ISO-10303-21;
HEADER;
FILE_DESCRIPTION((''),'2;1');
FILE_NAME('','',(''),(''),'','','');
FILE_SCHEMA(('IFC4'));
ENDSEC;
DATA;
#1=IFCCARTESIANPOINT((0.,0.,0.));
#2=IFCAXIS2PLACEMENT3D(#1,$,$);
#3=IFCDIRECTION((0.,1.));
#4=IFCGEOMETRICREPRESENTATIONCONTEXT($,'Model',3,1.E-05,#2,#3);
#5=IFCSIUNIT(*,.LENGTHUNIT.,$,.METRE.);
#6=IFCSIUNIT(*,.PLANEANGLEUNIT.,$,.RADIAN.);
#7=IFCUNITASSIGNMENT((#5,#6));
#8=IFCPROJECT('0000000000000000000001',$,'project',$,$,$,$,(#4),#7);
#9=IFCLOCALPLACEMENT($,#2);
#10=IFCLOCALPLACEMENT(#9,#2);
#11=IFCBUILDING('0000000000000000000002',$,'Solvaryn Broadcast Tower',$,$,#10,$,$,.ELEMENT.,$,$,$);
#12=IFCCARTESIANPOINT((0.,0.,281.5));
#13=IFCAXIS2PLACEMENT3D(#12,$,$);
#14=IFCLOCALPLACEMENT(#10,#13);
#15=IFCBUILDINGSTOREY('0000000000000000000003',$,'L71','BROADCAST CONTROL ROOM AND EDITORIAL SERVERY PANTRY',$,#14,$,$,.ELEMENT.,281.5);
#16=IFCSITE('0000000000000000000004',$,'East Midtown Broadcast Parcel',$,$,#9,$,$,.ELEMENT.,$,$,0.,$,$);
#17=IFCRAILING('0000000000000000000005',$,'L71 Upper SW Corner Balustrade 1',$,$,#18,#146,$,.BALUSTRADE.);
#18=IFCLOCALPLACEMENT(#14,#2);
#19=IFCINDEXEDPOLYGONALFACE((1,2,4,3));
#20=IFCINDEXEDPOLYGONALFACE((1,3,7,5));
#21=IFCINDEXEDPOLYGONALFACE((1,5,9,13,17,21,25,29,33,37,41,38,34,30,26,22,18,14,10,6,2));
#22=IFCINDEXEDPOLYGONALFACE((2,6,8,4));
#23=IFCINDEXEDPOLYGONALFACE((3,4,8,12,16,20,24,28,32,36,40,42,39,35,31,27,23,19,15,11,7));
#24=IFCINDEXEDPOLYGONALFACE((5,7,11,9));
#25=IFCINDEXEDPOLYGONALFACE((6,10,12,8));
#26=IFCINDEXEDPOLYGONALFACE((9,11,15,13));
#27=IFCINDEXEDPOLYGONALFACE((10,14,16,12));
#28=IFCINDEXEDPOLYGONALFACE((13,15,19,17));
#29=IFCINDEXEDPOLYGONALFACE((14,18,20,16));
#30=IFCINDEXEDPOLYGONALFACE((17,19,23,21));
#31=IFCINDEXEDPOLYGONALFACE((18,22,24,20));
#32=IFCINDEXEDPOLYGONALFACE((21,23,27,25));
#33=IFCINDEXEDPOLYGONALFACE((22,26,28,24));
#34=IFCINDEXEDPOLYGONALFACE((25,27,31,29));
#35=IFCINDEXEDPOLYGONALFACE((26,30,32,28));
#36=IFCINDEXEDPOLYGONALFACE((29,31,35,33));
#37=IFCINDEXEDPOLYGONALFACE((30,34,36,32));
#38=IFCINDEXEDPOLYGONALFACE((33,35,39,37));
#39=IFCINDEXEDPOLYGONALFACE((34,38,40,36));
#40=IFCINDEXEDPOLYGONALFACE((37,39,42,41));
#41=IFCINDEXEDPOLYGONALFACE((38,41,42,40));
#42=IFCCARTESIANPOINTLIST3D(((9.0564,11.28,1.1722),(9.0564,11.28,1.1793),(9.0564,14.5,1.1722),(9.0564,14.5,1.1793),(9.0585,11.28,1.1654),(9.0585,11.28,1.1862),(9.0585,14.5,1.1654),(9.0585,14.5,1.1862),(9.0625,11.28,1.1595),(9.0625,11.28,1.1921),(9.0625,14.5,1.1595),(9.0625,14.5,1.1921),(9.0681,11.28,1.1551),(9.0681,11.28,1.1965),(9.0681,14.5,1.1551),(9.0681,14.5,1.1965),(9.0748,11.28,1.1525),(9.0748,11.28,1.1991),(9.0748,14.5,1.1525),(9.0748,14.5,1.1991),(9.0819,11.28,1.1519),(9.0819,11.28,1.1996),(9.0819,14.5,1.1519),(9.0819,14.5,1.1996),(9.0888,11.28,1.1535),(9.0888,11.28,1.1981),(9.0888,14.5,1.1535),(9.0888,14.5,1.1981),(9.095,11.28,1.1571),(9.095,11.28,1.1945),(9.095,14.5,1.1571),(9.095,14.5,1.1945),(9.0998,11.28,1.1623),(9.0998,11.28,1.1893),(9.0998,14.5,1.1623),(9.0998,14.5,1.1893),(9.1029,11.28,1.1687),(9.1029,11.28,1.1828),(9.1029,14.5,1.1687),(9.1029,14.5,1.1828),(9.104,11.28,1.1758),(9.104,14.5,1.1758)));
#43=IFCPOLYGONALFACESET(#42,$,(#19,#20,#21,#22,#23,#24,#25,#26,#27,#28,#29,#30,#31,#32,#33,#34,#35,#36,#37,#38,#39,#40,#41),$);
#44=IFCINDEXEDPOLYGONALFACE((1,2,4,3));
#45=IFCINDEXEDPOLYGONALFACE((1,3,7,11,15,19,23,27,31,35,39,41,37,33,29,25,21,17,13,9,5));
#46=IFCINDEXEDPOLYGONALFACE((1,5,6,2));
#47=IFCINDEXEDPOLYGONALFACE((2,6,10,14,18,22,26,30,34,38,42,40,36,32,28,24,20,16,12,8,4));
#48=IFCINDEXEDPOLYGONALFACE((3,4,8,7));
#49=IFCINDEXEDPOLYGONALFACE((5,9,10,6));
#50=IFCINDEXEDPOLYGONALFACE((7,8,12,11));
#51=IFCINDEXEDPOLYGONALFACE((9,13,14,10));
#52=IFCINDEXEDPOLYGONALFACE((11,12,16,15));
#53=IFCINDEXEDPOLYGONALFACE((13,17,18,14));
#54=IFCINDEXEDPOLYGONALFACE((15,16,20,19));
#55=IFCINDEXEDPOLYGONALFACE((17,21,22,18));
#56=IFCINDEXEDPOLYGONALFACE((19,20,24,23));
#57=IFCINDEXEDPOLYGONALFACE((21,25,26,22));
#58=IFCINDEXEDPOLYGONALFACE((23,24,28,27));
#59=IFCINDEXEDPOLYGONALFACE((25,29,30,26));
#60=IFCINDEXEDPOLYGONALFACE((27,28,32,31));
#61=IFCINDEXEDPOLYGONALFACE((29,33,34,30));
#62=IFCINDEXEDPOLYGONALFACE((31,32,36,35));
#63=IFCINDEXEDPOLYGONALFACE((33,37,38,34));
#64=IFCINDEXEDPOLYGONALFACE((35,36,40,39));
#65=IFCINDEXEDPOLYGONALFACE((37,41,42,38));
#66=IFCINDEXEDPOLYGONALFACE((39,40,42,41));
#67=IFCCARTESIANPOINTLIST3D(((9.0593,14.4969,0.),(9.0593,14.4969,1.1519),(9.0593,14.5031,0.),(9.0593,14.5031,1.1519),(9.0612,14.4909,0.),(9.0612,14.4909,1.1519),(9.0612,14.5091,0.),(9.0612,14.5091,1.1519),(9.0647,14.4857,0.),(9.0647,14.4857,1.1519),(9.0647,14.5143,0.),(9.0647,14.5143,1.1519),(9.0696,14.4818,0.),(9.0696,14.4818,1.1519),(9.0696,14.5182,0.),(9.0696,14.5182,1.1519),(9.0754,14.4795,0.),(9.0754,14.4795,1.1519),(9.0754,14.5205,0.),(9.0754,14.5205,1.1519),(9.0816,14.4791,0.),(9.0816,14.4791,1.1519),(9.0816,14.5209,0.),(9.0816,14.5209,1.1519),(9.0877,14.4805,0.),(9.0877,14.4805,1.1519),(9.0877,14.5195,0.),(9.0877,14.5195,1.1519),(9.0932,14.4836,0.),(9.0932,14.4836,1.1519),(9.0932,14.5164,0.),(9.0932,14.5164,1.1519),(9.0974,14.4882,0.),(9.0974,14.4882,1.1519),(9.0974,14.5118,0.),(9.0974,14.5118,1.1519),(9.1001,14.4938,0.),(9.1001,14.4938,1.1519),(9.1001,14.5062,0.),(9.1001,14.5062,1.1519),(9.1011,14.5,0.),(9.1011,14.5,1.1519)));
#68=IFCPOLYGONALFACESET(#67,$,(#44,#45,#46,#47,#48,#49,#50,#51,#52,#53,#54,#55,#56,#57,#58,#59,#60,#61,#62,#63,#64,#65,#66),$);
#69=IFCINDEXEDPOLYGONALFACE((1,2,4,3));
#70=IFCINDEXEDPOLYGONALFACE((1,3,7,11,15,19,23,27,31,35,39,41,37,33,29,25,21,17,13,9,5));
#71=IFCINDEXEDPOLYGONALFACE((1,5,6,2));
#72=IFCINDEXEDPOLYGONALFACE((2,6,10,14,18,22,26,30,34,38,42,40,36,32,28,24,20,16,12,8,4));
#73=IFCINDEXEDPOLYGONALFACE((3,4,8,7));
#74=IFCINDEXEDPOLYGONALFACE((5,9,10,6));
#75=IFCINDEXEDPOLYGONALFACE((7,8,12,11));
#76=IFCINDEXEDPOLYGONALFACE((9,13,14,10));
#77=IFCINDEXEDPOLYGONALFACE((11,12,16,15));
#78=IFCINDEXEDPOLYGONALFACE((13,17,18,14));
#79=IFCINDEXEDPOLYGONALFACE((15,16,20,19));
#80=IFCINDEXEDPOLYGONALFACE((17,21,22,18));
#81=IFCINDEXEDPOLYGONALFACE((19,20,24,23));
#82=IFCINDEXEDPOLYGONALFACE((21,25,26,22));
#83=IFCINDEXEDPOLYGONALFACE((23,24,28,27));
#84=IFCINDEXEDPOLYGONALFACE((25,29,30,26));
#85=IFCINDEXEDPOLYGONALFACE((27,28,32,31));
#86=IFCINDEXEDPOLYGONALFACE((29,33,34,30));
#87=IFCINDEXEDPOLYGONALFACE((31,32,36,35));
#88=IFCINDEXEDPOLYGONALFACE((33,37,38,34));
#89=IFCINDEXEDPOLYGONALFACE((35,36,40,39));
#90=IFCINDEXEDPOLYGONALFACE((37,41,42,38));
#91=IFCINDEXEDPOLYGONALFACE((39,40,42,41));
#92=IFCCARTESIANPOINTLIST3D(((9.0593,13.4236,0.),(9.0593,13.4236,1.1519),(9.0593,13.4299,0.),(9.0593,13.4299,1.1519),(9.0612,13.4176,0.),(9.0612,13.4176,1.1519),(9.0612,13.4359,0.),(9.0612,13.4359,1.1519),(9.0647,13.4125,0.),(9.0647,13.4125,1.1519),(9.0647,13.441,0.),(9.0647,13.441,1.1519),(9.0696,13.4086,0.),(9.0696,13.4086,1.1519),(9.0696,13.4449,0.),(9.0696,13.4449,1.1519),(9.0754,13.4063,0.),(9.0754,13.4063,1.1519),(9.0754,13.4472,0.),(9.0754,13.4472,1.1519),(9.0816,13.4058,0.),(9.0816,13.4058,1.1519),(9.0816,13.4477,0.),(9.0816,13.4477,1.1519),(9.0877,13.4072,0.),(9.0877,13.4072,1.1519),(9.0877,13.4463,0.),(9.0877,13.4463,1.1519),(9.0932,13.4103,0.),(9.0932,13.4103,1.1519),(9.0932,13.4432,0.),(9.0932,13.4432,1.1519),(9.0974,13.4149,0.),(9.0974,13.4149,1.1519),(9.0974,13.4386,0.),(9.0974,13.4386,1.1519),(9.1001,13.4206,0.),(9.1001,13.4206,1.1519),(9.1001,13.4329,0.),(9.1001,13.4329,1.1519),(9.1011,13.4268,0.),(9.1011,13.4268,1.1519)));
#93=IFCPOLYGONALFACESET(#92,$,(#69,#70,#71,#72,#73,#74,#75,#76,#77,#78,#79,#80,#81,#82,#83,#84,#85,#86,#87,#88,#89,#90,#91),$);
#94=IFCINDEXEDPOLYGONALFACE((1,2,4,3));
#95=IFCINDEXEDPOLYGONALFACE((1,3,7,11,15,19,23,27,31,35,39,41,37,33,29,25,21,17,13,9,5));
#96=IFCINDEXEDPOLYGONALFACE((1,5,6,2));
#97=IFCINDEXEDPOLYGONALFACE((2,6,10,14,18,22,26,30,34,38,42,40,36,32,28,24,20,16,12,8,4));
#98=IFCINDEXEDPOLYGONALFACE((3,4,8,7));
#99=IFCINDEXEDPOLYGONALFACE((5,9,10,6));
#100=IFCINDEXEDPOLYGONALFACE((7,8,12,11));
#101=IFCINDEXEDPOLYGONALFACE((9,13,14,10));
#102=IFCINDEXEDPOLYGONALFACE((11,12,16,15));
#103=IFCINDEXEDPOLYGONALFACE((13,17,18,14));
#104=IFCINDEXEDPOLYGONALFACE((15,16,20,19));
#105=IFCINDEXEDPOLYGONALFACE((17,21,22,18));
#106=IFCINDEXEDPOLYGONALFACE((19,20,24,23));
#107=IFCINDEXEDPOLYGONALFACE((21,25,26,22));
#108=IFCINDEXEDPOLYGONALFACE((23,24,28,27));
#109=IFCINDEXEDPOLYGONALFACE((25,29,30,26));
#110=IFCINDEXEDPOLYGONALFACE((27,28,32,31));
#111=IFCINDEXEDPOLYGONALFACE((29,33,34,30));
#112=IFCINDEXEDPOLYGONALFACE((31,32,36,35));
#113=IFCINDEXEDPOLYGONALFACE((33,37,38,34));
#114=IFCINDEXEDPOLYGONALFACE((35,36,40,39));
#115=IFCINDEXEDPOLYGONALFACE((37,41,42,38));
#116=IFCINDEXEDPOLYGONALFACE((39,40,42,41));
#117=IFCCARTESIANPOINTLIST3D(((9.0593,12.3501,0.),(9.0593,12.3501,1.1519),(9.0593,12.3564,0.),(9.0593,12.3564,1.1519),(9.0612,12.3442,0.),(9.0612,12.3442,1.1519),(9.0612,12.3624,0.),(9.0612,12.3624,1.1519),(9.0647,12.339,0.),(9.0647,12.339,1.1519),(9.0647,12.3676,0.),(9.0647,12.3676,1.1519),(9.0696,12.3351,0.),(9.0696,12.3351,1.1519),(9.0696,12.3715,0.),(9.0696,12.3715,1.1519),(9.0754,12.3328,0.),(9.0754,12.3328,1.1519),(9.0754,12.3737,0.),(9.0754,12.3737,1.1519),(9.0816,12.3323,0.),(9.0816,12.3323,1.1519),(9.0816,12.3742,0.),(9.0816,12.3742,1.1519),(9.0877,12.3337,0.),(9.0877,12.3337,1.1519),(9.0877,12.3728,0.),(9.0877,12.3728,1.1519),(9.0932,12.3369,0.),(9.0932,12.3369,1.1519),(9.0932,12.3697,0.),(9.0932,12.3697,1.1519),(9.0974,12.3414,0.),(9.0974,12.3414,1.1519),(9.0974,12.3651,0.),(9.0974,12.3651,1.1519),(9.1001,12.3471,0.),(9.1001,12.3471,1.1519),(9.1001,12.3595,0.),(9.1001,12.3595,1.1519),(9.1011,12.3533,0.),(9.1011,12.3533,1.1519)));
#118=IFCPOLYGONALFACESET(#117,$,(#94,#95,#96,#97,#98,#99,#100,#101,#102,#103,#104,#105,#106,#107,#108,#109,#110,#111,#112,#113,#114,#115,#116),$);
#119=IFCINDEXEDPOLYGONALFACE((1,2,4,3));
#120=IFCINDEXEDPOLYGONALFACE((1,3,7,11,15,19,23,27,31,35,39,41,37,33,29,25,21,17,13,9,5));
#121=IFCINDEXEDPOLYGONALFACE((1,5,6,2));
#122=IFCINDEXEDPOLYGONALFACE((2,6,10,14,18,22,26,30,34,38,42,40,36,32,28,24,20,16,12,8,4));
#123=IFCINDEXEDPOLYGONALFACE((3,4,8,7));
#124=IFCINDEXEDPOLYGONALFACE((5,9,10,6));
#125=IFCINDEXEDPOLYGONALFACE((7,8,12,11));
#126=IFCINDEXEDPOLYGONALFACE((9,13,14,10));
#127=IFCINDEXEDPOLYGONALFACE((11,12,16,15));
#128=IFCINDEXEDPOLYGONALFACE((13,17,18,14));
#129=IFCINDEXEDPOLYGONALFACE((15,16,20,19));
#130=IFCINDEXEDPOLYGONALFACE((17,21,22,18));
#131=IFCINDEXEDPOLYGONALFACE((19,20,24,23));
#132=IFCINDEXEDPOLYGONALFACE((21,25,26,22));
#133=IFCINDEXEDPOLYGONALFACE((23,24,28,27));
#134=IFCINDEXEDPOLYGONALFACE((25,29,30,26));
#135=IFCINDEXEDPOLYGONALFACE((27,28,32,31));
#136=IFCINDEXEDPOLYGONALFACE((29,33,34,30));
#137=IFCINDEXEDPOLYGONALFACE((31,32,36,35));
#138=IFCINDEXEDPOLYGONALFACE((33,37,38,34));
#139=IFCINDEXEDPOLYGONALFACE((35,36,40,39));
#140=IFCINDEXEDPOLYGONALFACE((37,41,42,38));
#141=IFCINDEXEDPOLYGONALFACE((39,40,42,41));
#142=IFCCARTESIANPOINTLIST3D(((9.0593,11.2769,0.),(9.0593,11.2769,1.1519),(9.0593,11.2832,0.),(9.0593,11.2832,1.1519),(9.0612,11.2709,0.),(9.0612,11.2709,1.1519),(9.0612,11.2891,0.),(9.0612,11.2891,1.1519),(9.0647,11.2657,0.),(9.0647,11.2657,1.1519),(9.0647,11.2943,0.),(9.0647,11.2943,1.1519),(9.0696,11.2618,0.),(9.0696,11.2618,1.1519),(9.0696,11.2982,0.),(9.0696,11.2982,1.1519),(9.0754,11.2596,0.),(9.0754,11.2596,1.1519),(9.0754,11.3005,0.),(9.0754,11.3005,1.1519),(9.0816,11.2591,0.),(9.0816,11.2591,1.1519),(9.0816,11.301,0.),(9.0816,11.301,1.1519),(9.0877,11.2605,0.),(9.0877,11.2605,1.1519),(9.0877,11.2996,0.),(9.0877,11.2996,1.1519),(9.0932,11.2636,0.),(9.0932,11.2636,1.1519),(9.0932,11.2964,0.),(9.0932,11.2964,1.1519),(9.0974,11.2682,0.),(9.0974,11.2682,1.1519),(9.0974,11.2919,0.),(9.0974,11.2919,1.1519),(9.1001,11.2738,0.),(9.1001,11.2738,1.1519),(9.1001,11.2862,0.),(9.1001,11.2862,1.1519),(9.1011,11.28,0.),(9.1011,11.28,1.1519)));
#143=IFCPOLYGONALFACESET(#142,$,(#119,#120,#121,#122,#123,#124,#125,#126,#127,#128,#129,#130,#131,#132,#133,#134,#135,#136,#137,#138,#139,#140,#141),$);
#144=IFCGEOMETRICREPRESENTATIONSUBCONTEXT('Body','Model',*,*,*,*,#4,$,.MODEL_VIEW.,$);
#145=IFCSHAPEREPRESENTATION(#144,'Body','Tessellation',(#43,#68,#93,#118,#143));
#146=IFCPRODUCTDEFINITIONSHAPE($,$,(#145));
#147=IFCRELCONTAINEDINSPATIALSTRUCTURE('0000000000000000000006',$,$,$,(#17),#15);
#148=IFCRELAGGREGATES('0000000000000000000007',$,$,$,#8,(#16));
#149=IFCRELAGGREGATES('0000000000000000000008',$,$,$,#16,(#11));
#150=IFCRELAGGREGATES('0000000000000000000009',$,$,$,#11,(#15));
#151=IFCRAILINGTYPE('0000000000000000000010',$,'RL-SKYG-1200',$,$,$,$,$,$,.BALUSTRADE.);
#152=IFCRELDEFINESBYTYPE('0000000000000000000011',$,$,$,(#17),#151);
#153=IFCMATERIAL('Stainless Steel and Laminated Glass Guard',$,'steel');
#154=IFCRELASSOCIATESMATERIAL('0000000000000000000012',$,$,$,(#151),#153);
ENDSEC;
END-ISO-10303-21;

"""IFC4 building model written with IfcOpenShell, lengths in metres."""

from ifc_helpers import new_model, si_unit, direction, frame, origin, origin_2d, place, context, subcontext, project, spatial, circle, extrude, material, type_object, element, save


model = new_model("IFC4")

# Units and contexts
model_context = context("Model", 3, precision=1e-05, world=origin(), true_north=direction((0.0, 1.0)))
body_context = subcontext(model_context, "Body", "Model", "MODEL_VIEW")
ifc_project = project(units=[si_unit("LENGTHUNIT", "METRE"), si_unit("PLANEANGLEUNIT", "RADIAN")], contexts=[model_context])

# Site, building, storey
site_placement = place(None, origin())
site = spatial("IfcSite", under=ifc_project, at=site_placement, Name="East Midtown Broadcast Parcel", CompositionType="ELEMENT", RefElevation=0.0)
building_placement = place(site_placement, origin())
building = spatial("IfcBuilding", under=site, at=building_placement, Name="Solvaryn Broadcast Tower", CompositionType="ELEMENT")
storey_placement = place(building_placement, frame((0.0, 0.0, 281.5)))
storey = spatial("IfcBuildingStorey", under=building, at=storey_placement, Name="L71", Description="BROADCAST CONTROL ROOM AND EDITORIAL SERVERY PANTRY", CompositionType="ELEMENT", Elevation=281.5)

# Railing
ifc_material_1 = material(Name="Stainless Steel and Laminated Glass Guard", Category="steel")
railing_type = type_object("IfcRailingType", Name="RL-SKYG-1200", PredefinedType="BALUSTRADE", material=ifc_material_1)
railing_1_placement = place(storey_placement, frame((9.0801, 14.5, 0.0)))
element("IfcRailing", 1, at=railing_1_placement, inside=storey, type_object=railing_type, Name="L71 Upper SW Corner Balustrade 1", PredefinedType="BALUSTRADE", context=body_context, shape_type="SweptSolid", body=[
    extrude(circle(Radius=0.0239, at=origin_2d()), frame((0.0, 0.0, 1.1758), z_axis=(0.0, -1.0, 0.0), x_axis=(1.0, 0.0, 0.0)), (0.0, 0.0, 1.0), 3.22),
    extrude(circle(Radius=0.021, at=origin_2d()), origin(), (0.0, 0.0, 1.0), 1.1519),
    extrude(circle(Radius=0.021, at=origin_2d()), frame((0.0, -1.0732, 0.0)), (0.0, 0.0, 1.0), 1.1519),
    extrude(circle(Radius=0.021, at=origin_2d()), frame((0.0, -2.1467, 0.0)), (0.0, 0.0, 1.0), 1.1519),
    extrude(circle(Radius=0.021, at=origin_2d()), frame((0.0, -3.22, 0.0)), (0.0, 0.0, 1.0), 1.1519),
])

save(model, "model.ifc")
